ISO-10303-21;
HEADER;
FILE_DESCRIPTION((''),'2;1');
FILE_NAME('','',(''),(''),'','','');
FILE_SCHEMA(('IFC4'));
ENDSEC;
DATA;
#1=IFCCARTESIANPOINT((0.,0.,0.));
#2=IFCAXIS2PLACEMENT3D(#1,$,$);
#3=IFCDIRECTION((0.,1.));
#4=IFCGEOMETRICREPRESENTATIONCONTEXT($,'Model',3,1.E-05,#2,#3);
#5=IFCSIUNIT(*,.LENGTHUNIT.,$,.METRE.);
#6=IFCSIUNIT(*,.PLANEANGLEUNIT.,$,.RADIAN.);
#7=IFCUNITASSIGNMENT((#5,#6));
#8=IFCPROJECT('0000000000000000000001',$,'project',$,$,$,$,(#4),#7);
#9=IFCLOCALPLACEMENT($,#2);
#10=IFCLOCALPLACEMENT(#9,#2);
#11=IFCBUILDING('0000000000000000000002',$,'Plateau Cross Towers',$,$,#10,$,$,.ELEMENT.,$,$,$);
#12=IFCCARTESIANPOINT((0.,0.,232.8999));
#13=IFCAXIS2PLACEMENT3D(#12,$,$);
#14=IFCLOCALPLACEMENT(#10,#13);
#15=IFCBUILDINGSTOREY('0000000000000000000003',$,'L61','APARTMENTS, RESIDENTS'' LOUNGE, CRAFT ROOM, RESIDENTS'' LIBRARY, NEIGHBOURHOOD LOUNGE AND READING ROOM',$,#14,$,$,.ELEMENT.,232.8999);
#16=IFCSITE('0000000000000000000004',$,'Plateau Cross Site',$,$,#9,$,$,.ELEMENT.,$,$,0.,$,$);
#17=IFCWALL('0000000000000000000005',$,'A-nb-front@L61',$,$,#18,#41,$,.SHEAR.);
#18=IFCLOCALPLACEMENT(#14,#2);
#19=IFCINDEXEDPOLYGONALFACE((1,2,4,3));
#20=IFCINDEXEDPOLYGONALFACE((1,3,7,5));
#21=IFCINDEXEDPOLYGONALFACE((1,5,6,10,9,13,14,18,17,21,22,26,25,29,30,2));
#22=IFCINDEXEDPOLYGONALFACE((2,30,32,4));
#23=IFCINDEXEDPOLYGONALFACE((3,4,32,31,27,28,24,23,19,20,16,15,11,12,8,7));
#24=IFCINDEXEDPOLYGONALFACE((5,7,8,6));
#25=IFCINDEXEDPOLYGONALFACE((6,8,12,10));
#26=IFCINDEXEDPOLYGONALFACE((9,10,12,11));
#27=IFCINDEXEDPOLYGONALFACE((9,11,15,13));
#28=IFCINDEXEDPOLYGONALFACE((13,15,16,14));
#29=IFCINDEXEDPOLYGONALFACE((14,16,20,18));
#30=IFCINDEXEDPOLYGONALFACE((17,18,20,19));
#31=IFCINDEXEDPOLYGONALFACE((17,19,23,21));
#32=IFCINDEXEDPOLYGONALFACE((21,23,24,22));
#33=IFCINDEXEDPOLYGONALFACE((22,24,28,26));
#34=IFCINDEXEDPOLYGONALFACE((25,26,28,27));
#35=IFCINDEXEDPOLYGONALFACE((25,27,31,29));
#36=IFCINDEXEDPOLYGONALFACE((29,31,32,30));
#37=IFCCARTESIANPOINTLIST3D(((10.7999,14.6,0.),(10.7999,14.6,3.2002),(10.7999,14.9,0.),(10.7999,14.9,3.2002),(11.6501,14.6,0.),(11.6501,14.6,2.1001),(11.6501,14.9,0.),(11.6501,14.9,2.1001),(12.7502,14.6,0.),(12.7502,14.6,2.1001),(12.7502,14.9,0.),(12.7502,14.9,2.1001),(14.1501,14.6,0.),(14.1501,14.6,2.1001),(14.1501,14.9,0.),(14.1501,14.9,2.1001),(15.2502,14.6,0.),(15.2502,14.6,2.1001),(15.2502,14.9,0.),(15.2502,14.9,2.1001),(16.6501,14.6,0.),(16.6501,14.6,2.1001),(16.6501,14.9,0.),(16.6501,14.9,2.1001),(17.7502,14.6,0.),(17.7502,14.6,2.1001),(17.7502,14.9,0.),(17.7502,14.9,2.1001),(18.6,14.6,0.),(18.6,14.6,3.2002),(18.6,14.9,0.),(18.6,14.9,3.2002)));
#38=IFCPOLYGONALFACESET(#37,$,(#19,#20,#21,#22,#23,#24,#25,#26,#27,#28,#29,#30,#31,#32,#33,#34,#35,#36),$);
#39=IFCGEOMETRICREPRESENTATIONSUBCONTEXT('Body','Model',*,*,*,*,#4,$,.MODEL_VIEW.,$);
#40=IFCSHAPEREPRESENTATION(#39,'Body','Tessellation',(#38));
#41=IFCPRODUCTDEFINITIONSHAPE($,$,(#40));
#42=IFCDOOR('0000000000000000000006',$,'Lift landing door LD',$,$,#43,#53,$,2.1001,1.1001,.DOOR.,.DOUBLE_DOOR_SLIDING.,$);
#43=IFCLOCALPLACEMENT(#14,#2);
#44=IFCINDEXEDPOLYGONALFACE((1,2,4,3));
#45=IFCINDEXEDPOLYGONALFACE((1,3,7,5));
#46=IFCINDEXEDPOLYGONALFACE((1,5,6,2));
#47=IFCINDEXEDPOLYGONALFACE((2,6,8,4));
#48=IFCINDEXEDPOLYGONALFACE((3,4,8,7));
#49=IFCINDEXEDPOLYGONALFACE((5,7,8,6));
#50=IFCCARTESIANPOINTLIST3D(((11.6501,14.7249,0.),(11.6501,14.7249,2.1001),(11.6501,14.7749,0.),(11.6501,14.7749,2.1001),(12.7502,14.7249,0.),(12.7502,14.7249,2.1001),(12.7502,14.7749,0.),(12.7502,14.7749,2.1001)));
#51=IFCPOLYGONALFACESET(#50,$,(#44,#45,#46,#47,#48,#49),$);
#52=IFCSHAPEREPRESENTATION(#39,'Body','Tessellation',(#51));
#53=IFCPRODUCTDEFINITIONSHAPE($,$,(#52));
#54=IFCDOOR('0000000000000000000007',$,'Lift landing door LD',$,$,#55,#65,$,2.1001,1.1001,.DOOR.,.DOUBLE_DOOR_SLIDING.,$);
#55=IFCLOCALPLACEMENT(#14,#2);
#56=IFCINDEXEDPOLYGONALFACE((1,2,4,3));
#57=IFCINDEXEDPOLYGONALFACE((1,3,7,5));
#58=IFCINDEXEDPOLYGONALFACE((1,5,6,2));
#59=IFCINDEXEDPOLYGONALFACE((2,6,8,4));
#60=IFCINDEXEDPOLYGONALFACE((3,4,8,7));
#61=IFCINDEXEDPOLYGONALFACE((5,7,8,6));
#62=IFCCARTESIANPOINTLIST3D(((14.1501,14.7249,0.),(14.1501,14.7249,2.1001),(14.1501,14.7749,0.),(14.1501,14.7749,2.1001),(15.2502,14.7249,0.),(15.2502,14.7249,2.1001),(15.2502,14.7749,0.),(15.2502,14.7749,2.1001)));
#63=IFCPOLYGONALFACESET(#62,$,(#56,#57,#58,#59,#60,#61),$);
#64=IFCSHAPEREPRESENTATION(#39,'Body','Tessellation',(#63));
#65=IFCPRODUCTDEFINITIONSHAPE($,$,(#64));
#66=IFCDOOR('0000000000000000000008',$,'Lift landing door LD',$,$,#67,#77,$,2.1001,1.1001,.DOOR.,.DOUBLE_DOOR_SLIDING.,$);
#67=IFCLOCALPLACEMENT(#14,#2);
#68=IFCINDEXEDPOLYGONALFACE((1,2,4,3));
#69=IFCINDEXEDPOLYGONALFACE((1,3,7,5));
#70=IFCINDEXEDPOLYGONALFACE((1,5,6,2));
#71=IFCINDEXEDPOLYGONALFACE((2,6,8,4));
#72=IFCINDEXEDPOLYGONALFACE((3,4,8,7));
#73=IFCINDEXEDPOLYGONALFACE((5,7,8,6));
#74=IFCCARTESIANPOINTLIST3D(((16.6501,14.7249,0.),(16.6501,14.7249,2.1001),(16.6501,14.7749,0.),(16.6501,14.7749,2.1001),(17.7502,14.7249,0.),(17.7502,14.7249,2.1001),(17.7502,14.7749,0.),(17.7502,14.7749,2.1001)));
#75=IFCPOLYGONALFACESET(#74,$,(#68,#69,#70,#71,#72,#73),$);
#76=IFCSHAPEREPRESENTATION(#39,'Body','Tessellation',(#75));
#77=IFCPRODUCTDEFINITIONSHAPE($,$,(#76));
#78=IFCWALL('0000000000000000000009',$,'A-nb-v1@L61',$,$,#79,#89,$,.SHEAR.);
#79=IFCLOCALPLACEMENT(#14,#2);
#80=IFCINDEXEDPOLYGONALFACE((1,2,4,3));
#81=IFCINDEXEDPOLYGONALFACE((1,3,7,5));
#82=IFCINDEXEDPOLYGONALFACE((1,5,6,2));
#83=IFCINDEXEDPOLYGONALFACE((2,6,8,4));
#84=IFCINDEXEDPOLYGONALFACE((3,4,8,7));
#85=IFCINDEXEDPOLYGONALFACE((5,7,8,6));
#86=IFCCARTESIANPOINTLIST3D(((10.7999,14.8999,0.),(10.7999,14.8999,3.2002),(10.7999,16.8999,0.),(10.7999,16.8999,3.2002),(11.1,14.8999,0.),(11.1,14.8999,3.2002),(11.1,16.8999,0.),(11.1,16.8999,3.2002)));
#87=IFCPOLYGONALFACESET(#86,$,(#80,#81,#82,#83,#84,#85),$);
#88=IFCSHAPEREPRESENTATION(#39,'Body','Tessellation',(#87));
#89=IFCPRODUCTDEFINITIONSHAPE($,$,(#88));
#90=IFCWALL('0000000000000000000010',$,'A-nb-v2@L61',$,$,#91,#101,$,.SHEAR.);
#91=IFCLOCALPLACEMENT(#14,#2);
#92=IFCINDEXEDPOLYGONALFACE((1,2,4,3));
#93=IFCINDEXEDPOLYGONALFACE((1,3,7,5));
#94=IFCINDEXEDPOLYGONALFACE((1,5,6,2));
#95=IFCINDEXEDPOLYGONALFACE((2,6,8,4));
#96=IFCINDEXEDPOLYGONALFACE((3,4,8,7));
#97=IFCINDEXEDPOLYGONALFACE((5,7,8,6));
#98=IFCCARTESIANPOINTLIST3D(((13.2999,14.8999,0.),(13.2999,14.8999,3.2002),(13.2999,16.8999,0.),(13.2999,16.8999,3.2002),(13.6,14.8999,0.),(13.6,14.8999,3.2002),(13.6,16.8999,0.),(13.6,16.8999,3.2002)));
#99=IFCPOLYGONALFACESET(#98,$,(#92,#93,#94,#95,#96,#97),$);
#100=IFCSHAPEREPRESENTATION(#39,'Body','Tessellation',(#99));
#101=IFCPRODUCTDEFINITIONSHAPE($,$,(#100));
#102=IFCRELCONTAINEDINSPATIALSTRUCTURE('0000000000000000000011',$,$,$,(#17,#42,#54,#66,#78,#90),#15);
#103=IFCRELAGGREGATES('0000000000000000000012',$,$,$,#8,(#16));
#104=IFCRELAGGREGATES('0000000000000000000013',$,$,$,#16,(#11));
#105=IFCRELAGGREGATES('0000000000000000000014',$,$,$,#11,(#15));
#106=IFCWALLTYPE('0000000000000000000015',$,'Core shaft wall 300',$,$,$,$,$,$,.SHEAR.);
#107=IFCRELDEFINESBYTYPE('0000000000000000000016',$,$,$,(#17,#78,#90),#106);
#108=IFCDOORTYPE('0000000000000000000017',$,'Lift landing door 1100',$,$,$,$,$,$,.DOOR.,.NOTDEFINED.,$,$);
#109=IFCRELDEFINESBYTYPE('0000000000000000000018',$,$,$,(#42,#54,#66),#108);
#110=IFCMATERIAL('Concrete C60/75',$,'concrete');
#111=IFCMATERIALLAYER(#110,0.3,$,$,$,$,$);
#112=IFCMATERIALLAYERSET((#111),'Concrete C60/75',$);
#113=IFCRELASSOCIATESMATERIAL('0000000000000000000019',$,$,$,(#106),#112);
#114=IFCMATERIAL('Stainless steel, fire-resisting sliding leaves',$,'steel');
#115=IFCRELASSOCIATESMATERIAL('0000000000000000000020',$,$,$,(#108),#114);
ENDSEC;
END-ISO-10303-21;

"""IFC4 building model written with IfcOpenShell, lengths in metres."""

from ifc_helpers import new_model, si_unit, direction, frame, frame_2d, origin, place, context, subcontext, project, spatial, rectangle, extrude, material, layer, layer_set, type_object, element, fill, save


model = new_model("IFC4")

# Units and contexts
model_context = context("Model", 3, precision=1e-05, world=origin(), true_north=direction((0.0, 1.0)))
body_context = subcontext(model_context, "Body", "Model", "MODEL_VIEW")
ifc_project = project(units=[si_unit("LENGTHUNIT", "METRE"), si_unit("PLANEANGLEUNIT", "RADIAN")], contexts=[model_context])

# Site, building, storey
site_placement = place(None, origin())
site = spatial("IfcSite", under=ifc_project, at=site_placement, Name="Plateau Cross Site", CompositionType="ELEMENT", RefElevation=0.0)
building_placement = place(site_placement, origin())
building = spatial("IfcBuilding", under=site, at=building_placement, Name="Plateau Cross Towers", CompositionType="ELEMENT")
storey_placement = place(building_placement, frame((0.0, 0.0, 232.8999)))
storey = spatial("IfcBuildingStorey", under=building, at=storey_placement, Name="L61", Description="APARTMENTS, RESIDENTS' LOUNGE, CRAFT ROOM, RESIDENTS' LIBRARY, NEIGHBOURHOOD LOUNGE AND READING ROOM", CompositionType="ELEMENT", Elevation=232.8999)

# Shared definitions
ifc_material_1 = material(Name="Concrete C60/75", Category="concrete")
ifc_layer_1 = layer(ifc_material_1, 0.3)
ifc_layer_set_1 = layer_set([ifc_layer_1], Name="Concrete C60/75")
wall_type_1 = type_object("IfcWallType", Name="Core shaft wall 300", PredefinedType="SHEAR", material=ifc_layer_set_1)

# Wall, openings, doors
wall_1_placement = place(storey_placement, frame((10.8, 14.75, 0.0), z_axis=(0.0, 0.0, 1.0), x_axis=(1.0, 0.0, 0.0)))
wall_1 = element("IfcWall", 1, at=wall_1_placement, inside=storey, type_object=wall_type_1, Name="A-nb-front@L61", PredefinedType="SHEAR", context=body_context, shape_type="SweptSolid", body=[
    extrude(rectangle(XDim=7.8, YDim=0.3, at=frame_2d((3.8999, 0.0))), origin(), (0.0, 0.0, 1.0), 3.2002),
])
opening_1_placement = place(wall_1_placement, frame((0.8501, 0.0, 0.0)))
opening_1 = element("IfcOpeningElement", 2, at=opening_1_placement, cuts=wall_1, PredefinedType="OPENING", context=body_context, shape_type="SweptSolid", body=[
    extrude(rectangle(XDim=1.1001, YDim=2.1001, at=frame_2d((0.55, 1.05))), frame((0.0, 0.1599, 0.0), z_axis=(0.0, -1.0, 0.0), x_axis=(1.0, 0.0, 0.0)), (0.0, 0.0, 1.0), 0.3201),
])
opening_2_placement = place(wall_1_placement, frame((3.3501, 0.0, 0.0)))
opening_2 = element("IfcOpeningElement", 3, at=opening_2_placement, cuts=wall_1, PredefinedType="OPENING", context=body_context, shape_type="SweptSolid", body=[
    extrude(rectangle(XDim=1.1001, YDim=2.1001, at=frame_2d((0.55, 1.05))), frame((0.0, 0.1599, 0.0), z_axis=(0.0, -1.0, 0.0), x_axis=(1.0, 0.0, 0.0)), (0.0, 0.0, 1.0), 0.3201),
])
opening_3_placement = place(wall_1_placement, frame((5.8501, 0.0, 0.0)))
opening_3 = element("IfcOpeningElement", 4, at=opening_3_placement, cuts=wall_1, PredefinedType="OPENING", context=body_context, shape_type="SweptSolid", body=[
    extrude(rectangle(XDim=1.1001, YDim=2.1001, at=frame_2d((0.55, 1.05))), frame((0.0, 0.1599, 0.0), z_axis=(0.0, -1.0, 0.0), x_axis=(1.0, 0.0, 0.0)), (0.0, 0.0, 1.0), 0.3201),
])
ifc_material_2 = material(Name="Stainless steel, fire-resisting sliding leaves", Category="steel")
door_type_1 = type_object("IfcDoorType", Name="Lift landing door 1100", OperationType="NOTDEFINED", PredefinedType="DOOR", material=ifc_material_2)
door_1_placement = place(opening_1_placement, origin())
door_1 = element("IfcDoor", 5, at=door_1_placement, inside=storey, type_object=door_type_1, Name="Lift landing door LD", OperationType="DOUBLE_DOOR_SLIDING", OverallHeight=2.1001, OverallWidth=1.1001, PredefinedType="DOOR", context=body_context, shape_type="SweptSolid", body=[
    extrude(rectangle(XDim=1.1001, YDim=2.1001, at=frame_2d((0.55, 1.05))), frame((0.0, 0.0249, 0.0), z_axis=(0.0, -1.0, 0.0), x_axis=(1.0, 0.0, 0.0)), (0.0, 0.0, 1.0), 0.05),
])
fill(opening_1, door_1)
door_2_placement = place(opening_2_placement, origin())
door_2 = element("IfcDoor", 6, at=door_2_placement, inside=storey, type_object=door_type_1, Name="Lift landing door LD", OperationType="DOUBLE_DOOR_SLIDING", OverallHeight=2.1001, OverallWidth=1.1001, PredefinedType="DOOR", context=body_context, shape_type="SweptSolid", body=[
    extrude(rectangle(XDim=1.1001, YDim=2.1001, at=frame_2d((0.55, 1.05))), frame((0.0, 0.0249, 0.0), z_axis=(0.0, -1.0, 0.0), x_axis=(1.0, 0.0, 0.0)), (0.0, 0.0, 1.0), 0.05),
])
fill(opening_2, door_2)
door_3_placement = place(opening_3_placement, origin())
door_3 = element("IfcDoor", 7, at=door_3_placement, inside=storey, type_object=door_type_1, Name="Lift landing door LD", OperationType="DOUBLE_DOOR_SLIDING", OverallHeight=2.1001, OverallWidth=1.1001, PredefinedType="DOOR", context=body_context, shape_type="SweptSolid", body=[
    extrude(rectangle(XDim=1.1001, YDim=2.1001, at=frame_2d((0.55, 1.05))), frame((0.0, 0.0249, 0.0), z_axis=(0.0, -1.0, 0.0), x_axis=(1.0, 0.0, 0.0)), (0.0, 0.0, 1.0), 0.05),
])
fill(opening_3, door_3)

# Walls
for number, where, z_axis, x_axis, name in (
    (8, (10.95, 14.8999, 0.0), (0.0, 0.0, 1.0), (0.0, 1.0, 0.0), "A-nb-v1@L61"),
    (9, (13.45, 14.8999, 0.0), (0.0, 0.0, 1.0), (0.0, 1.0, 0.0), "A-nb-v2@L61"),
):
    element("IfcWall", number, at=place(storey_placement, frame(where, z_axis=z_axis, x_axis=x_axis)), inside=storey, type_object=wall_type_1, Name=name, PredefinedType="SHEAR", context=body_context, shape_type="SweptSolid", body=[
        extrude(rectangle(XDim=2.0, YDim=0.3, at=frame_2d((1.0, 0.0))), origin(), (0.0, 0.0, 1.0), 3.2002),
    ])

save(model, "model.ifc")
